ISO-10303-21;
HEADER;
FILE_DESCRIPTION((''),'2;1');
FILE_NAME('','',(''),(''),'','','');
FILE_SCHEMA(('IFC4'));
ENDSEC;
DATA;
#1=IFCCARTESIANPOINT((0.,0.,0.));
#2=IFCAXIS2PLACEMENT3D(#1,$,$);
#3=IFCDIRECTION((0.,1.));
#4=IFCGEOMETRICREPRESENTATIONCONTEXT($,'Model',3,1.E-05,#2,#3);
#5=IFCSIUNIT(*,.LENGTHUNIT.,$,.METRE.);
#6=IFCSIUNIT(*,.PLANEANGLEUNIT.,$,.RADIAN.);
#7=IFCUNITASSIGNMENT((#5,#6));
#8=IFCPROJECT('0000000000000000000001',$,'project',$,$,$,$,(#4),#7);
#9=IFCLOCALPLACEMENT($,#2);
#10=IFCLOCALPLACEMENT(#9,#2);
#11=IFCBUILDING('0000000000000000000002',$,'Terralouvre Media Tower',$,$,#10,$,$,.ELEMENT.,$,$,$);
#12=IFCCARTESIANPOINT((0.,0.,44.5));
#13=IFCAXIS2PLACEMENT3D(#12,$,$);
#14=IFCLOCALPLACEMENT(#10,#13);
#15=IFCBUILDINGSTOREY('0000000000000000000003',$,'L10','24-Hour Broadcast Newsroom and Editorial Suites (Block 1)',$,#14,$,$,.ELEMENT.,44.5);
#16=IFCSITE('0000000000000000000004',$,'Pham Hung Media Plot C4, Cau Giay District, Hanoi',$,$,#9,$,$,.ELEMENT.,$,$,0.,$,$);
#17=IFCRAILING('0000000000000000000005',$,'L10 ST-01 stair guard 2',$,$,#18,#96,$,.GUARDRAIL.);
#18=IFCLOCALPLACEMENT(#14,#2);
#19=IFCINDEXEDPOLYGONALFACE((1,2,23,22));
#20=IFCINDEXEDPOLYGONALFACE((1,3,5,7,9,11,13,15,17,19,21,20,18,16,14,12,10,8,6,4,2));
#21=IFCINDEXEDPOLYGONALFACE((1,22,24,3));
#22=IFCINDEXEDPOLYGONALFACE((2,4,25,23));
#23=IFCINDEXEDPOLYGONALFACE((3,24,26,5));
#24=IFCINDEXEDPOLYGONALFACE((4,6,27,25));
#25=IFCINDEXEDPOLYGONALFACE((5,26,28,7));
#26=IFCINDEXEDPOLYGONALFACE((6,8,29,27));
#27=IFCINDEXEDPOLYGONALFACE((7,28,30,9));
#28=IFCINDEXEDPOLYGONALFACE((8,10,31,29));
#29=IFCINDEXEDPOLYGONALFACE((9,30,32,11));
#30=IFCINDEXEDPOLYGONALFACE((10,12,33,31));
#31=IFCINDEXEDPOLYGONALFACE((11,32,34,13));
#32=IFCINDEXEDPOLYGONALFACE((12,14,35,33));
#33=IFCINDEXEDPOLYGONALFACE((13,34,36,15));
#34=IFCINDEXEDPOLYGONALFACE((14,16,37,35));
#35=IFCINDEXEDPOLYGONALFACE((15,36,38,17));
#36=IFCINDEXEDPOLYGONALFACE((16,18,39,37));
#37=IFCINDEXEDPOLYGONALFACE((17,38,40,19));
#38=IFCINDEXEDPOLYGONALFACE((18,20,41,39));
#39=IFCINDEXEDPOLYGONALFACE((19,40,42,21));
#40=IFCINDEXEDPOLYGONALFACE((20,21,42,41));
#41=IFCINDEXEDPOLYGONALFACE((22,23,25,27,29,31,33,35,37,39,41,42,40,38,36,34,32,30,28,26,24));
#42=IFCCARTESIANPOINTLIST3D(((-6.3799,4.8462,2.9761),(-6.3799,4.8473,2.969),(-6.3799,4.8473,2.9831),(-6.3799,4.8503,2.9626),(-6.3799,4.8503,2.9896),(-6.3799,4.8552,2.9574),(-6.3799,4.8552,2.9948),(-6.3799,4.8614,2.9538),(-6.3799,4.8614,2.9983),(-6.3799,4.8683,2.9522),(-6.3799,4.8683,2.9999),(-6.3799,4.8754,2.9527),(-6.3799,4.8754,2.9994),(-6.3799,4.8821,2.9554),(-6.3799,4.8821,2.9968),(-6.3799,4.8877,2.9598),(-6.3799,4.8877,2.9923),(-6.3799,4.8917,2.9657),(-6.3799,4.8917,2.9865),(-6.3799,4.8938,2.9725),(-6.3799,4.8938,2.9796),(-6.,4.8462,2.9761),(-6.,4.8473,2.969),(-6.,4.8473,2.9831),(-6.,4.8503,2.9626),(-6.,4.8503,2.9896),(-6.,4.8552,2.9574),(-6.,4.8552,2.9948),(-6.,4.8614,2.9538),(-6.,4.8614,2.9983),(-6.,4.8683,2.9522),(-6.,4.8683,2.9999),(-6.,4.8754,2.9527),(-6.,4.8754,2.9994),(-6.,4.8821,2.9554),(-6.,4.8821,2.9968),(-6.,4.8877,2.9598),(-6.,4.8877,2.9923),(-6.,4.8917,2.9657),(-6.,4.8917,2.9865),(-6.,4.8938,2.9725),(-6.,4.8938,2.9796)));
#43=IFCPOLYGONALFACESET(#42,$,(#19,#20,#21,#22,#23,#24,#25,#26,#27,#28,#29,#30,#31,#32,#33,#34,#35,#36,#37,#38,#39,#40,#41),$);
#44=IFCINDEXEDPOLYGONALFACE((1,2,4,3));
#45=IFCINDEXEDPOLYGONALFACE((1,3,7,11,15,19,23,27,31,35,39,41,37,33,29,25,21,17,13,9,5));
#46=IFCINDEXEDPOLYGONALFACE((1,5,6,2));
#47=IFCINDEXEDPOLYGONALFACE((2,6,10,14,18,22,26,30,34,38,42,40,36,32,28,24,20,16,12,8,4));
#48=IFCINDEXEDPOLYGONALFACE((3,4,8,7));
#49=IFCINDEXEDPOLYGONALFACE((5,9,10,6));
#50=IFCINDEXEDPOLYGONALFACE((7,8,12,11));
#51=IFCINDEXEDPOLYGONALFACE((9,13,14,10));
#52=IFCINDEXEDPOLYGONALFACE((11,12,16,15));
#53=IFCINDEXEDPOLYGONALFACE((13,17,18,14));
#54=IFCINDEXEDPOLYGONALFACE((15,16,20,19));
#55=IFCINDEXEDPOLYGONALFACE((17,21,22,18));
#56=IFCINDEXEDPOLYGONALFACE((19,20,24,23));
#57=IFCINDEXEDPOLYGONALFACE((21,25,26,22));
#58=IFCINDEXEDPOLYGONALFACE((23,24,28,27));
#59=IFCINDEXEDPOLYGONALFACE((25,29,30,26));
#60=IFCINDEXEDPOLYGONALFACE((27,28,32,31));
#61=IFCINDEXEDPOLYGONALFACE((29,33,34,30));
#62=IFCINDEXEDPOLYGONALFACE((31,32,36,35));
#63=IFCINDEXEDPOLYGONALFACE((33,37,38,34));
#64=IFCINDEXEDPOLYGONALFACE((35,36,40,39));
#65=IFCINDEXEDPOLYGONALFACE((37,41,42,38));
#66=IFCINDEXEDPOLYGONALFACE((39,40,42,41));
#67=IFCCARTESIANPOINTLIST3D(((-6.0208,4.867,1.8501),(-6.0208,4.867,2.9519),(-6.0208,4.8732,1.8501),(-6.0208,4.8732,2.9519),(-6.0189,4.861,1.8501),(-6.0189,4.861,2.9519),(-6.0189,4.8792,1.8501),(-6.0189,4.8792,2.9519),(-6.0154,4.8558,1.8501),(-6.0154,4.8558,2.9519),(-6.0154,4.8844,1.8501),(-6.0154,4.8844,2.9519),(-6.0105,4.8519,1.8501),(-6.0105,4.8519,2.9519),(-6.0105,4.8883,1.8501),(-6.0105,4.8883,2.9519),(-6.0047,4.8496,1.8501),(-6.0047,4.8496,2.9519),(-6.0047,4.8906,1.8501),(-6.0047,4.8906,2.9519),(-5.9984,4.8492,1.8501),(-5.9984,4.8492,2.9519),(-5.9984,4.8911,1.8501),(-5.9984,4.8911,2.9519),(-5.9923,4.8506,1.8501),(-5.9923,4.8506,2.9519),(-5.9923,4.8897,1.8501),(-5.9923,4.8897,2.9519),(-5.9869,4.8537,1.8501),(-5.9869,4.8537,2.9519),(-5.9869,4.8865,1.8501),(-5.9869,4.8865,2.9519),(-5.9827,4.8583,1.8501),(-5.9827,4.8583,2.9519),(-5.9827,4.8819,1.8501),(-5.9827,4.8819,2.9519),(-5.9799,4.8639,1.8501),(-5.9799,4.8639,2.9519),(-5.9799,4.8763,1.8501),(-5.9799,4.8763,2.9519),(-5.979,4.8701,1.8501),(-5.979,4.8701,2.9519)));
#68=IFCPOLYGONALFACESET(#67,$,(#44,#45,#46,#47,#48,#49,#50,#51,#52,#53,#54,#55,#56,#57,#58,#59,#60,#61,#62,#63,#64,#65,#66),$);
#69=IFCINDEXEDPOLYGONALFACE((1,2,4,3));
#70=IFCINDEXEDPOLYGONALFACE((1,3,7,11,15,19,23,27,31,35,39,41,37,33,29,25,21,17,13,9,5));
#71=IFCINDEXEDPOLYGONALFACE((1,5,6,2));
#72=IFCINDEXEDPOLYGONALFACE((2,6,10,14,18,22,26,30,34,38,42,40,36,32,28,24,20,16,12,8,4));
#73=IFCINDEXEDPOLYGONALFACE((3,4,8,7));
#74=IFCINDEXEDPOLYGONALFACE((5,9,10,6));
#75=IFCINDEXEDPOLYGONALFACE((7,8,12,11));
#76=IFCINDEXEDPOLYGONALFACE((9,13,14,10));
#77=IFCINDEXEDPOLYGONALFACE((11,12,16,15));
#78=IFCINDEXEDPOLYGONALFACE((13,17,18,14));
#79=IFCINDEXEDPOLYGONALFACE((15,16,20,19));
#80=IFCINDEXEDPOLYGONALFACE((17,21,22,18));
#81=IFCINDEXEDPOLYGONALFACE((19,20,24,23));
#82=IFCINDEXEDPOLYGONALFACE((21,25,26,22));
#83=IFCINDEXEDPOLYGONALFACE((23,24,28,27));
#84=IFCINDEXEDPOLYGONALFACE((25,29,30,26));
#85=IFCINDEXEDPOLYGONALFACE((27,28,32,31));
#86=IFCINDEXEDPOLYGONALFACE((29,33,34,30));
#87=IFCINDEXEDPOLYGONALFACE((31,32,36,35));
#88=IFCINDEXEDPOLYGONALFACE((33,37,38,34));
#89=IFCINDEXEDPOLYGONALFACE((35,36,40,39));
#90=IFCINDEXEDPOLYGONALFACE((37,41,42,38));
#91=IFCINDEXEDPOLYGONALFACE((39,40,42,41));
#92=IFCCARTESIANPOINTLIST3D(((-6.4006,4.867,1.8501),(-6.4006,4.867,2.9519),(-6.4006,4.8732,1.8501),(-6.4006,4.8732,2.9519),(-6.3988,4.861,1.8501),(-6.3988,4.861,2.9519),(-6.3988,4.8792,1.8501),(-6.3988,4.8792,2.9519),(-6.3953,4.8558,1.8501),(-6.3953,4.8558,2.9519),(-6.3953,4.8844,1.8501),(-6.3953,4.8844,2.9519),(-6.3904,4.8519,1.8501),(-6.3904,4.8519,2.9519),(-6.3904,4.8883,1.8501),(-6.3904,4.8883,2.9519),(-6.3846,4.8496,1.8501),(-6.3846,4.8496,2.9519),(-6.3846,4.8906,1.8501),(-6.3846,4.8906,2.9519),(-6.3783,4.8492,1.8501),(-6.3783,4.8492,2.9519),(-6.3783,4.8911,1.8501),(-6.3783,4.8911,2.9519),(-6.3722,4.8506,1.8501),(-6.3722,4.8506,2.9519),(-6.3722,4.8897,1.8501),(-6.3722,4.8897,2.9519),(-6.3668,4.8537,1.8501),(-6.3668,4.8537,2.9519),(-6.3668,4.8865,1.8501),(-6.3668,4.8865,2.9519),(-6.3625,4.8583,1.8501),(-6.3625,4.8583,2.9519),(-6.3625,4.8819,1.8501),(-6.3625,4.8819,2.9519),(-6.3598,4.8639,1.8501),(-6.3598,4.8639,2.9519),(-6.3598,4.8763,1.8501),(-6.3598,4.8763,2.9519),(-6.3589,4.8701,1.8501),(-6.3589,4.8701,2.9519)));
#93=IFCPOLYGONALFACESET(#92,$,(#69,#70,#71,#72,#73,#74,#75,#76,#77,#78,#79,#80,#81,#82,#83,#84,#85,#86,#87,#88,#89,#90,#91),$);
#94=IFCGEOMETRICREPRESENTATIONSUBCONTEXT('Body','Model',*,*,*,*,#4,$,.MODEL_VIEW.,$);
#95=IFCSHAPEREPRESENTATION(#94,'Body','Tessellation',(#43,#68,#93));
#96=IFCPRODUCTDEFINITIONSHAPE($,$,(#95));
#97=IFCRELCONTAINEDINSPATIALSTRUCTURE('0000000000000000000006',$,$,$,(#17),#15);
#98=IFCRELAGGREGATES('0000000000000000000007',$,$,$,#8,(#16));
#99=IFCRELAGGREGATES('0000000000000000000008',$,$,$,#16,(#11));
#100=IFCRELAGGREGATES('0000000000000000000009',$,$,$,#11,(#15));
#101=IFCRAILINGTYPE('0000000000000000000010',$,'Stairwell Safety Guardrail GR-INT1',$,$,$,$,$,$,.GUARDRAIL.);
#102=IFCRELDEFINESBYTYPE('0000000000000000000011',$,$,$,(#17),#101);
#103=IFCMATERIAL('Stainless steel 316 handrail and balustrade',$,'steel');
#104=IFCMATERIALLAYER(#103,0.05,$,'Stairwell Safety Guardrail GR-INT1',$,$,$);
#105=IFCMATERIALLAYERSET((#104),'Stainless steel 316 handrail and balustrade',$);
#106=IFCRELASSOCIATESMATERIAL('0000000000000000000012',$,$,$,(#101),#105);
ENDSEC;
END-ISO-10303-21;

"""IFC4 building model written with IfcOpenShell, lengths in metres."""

from ifc_helpers import new_model, si_unit, direction, frame, origin, origin_2d, place, context, subcontext, project, spatial, circle, extrude, material, layer, layer_set, type_object, element, save


model = new_model("IFC4")

# Units and contexts
model_context = context("Model", 3, precision=1e-05, world=origin(), true_north=direction((0.0, 1.0)))
body_context = subcontext(model_context, "Body", "Model", "MODEL_VIEW")
ifc_project = project(units=[si_unit("LENGTHUNIT", "METRE"), si_unit("PLANEANGLEUNIT", "RADIAN")], contexts=[model_context])

# Site, building, storey
site_placement = place(None, origin())
site = spatial("IfcSite", under=ifc_project, at=site_placement, Name="Pham Hung Media Plot C4, Cau Giay District, Hanoi", CompositionType="ELEMENT", RefElevation=0.0)
building_placement = place(site_placement, origin())
building = spatial("IfcBuilding", under=site, at=building_placement, Name="Terralouvre Media Tower", CompositionType="ELEMENT")
storey_placement = place(building_placement, frame((0.0, 0.0, 44.5)))
storey = spatial("IfcBuildingStorey", under=building, at=storey_placement, Name="L10", Description="24-Hour Broadcast Newsroom and Editorial Suites (Block 1)", CompositionType="ELEMENT", Elevation=44.5)

# Railing
ifc_material_1 = material(Name="Stainless steel 316 handrail and balustrade", Category="steel")
ifc_layer_1 = layer(ifc_material_1, 0.05, Name="Stairwell Safety Guardrail GR-INT1")
ifc_layer_set_1 = layer_set([ifc_layer_1], Name="Stainless steel 316 handrail and balustrade")
railing_type_1 = type_object("IfcRailingType", Name="Stairwell Safety Guardrail GR-INT1", PredefinedType="GUARDRAIL", material=ifc_layer_set_1)
railing_1_placement = place(storey_placement, frame((-6.0, 4.8701, 1.8501)))
element("IfcRailing", 1, at=railing_1_placement, inside=storey, type_object=railing_type_1, Name="L10 ST-01 stair guard 2", PredefinedType="GUARDRAIL", context=body_context, shape_type="SweptSolid", body=[
    extrude(circle(Radius=0.0239, at=origin_2d()), frame((0.0, 0.0, 1.126), z_axis=(-1.0, 0.0, 0.0), x_axis=(0.0, -1.0, 0.0)), (0.0, 0.0, 1.0), 0.3799),
    extrude(circle(Radius=0.021, at=origin_2d()), origin(), (0.0, 0.0, 1.0), 1.1018),
    extrude(circle(Radius=0.021, at=origin_2d()), frame((-0.3799, 0.0, 0.0)), (0.0, 0.0, 1.0), 1.1018),
])

save(model, "model.ifc")
